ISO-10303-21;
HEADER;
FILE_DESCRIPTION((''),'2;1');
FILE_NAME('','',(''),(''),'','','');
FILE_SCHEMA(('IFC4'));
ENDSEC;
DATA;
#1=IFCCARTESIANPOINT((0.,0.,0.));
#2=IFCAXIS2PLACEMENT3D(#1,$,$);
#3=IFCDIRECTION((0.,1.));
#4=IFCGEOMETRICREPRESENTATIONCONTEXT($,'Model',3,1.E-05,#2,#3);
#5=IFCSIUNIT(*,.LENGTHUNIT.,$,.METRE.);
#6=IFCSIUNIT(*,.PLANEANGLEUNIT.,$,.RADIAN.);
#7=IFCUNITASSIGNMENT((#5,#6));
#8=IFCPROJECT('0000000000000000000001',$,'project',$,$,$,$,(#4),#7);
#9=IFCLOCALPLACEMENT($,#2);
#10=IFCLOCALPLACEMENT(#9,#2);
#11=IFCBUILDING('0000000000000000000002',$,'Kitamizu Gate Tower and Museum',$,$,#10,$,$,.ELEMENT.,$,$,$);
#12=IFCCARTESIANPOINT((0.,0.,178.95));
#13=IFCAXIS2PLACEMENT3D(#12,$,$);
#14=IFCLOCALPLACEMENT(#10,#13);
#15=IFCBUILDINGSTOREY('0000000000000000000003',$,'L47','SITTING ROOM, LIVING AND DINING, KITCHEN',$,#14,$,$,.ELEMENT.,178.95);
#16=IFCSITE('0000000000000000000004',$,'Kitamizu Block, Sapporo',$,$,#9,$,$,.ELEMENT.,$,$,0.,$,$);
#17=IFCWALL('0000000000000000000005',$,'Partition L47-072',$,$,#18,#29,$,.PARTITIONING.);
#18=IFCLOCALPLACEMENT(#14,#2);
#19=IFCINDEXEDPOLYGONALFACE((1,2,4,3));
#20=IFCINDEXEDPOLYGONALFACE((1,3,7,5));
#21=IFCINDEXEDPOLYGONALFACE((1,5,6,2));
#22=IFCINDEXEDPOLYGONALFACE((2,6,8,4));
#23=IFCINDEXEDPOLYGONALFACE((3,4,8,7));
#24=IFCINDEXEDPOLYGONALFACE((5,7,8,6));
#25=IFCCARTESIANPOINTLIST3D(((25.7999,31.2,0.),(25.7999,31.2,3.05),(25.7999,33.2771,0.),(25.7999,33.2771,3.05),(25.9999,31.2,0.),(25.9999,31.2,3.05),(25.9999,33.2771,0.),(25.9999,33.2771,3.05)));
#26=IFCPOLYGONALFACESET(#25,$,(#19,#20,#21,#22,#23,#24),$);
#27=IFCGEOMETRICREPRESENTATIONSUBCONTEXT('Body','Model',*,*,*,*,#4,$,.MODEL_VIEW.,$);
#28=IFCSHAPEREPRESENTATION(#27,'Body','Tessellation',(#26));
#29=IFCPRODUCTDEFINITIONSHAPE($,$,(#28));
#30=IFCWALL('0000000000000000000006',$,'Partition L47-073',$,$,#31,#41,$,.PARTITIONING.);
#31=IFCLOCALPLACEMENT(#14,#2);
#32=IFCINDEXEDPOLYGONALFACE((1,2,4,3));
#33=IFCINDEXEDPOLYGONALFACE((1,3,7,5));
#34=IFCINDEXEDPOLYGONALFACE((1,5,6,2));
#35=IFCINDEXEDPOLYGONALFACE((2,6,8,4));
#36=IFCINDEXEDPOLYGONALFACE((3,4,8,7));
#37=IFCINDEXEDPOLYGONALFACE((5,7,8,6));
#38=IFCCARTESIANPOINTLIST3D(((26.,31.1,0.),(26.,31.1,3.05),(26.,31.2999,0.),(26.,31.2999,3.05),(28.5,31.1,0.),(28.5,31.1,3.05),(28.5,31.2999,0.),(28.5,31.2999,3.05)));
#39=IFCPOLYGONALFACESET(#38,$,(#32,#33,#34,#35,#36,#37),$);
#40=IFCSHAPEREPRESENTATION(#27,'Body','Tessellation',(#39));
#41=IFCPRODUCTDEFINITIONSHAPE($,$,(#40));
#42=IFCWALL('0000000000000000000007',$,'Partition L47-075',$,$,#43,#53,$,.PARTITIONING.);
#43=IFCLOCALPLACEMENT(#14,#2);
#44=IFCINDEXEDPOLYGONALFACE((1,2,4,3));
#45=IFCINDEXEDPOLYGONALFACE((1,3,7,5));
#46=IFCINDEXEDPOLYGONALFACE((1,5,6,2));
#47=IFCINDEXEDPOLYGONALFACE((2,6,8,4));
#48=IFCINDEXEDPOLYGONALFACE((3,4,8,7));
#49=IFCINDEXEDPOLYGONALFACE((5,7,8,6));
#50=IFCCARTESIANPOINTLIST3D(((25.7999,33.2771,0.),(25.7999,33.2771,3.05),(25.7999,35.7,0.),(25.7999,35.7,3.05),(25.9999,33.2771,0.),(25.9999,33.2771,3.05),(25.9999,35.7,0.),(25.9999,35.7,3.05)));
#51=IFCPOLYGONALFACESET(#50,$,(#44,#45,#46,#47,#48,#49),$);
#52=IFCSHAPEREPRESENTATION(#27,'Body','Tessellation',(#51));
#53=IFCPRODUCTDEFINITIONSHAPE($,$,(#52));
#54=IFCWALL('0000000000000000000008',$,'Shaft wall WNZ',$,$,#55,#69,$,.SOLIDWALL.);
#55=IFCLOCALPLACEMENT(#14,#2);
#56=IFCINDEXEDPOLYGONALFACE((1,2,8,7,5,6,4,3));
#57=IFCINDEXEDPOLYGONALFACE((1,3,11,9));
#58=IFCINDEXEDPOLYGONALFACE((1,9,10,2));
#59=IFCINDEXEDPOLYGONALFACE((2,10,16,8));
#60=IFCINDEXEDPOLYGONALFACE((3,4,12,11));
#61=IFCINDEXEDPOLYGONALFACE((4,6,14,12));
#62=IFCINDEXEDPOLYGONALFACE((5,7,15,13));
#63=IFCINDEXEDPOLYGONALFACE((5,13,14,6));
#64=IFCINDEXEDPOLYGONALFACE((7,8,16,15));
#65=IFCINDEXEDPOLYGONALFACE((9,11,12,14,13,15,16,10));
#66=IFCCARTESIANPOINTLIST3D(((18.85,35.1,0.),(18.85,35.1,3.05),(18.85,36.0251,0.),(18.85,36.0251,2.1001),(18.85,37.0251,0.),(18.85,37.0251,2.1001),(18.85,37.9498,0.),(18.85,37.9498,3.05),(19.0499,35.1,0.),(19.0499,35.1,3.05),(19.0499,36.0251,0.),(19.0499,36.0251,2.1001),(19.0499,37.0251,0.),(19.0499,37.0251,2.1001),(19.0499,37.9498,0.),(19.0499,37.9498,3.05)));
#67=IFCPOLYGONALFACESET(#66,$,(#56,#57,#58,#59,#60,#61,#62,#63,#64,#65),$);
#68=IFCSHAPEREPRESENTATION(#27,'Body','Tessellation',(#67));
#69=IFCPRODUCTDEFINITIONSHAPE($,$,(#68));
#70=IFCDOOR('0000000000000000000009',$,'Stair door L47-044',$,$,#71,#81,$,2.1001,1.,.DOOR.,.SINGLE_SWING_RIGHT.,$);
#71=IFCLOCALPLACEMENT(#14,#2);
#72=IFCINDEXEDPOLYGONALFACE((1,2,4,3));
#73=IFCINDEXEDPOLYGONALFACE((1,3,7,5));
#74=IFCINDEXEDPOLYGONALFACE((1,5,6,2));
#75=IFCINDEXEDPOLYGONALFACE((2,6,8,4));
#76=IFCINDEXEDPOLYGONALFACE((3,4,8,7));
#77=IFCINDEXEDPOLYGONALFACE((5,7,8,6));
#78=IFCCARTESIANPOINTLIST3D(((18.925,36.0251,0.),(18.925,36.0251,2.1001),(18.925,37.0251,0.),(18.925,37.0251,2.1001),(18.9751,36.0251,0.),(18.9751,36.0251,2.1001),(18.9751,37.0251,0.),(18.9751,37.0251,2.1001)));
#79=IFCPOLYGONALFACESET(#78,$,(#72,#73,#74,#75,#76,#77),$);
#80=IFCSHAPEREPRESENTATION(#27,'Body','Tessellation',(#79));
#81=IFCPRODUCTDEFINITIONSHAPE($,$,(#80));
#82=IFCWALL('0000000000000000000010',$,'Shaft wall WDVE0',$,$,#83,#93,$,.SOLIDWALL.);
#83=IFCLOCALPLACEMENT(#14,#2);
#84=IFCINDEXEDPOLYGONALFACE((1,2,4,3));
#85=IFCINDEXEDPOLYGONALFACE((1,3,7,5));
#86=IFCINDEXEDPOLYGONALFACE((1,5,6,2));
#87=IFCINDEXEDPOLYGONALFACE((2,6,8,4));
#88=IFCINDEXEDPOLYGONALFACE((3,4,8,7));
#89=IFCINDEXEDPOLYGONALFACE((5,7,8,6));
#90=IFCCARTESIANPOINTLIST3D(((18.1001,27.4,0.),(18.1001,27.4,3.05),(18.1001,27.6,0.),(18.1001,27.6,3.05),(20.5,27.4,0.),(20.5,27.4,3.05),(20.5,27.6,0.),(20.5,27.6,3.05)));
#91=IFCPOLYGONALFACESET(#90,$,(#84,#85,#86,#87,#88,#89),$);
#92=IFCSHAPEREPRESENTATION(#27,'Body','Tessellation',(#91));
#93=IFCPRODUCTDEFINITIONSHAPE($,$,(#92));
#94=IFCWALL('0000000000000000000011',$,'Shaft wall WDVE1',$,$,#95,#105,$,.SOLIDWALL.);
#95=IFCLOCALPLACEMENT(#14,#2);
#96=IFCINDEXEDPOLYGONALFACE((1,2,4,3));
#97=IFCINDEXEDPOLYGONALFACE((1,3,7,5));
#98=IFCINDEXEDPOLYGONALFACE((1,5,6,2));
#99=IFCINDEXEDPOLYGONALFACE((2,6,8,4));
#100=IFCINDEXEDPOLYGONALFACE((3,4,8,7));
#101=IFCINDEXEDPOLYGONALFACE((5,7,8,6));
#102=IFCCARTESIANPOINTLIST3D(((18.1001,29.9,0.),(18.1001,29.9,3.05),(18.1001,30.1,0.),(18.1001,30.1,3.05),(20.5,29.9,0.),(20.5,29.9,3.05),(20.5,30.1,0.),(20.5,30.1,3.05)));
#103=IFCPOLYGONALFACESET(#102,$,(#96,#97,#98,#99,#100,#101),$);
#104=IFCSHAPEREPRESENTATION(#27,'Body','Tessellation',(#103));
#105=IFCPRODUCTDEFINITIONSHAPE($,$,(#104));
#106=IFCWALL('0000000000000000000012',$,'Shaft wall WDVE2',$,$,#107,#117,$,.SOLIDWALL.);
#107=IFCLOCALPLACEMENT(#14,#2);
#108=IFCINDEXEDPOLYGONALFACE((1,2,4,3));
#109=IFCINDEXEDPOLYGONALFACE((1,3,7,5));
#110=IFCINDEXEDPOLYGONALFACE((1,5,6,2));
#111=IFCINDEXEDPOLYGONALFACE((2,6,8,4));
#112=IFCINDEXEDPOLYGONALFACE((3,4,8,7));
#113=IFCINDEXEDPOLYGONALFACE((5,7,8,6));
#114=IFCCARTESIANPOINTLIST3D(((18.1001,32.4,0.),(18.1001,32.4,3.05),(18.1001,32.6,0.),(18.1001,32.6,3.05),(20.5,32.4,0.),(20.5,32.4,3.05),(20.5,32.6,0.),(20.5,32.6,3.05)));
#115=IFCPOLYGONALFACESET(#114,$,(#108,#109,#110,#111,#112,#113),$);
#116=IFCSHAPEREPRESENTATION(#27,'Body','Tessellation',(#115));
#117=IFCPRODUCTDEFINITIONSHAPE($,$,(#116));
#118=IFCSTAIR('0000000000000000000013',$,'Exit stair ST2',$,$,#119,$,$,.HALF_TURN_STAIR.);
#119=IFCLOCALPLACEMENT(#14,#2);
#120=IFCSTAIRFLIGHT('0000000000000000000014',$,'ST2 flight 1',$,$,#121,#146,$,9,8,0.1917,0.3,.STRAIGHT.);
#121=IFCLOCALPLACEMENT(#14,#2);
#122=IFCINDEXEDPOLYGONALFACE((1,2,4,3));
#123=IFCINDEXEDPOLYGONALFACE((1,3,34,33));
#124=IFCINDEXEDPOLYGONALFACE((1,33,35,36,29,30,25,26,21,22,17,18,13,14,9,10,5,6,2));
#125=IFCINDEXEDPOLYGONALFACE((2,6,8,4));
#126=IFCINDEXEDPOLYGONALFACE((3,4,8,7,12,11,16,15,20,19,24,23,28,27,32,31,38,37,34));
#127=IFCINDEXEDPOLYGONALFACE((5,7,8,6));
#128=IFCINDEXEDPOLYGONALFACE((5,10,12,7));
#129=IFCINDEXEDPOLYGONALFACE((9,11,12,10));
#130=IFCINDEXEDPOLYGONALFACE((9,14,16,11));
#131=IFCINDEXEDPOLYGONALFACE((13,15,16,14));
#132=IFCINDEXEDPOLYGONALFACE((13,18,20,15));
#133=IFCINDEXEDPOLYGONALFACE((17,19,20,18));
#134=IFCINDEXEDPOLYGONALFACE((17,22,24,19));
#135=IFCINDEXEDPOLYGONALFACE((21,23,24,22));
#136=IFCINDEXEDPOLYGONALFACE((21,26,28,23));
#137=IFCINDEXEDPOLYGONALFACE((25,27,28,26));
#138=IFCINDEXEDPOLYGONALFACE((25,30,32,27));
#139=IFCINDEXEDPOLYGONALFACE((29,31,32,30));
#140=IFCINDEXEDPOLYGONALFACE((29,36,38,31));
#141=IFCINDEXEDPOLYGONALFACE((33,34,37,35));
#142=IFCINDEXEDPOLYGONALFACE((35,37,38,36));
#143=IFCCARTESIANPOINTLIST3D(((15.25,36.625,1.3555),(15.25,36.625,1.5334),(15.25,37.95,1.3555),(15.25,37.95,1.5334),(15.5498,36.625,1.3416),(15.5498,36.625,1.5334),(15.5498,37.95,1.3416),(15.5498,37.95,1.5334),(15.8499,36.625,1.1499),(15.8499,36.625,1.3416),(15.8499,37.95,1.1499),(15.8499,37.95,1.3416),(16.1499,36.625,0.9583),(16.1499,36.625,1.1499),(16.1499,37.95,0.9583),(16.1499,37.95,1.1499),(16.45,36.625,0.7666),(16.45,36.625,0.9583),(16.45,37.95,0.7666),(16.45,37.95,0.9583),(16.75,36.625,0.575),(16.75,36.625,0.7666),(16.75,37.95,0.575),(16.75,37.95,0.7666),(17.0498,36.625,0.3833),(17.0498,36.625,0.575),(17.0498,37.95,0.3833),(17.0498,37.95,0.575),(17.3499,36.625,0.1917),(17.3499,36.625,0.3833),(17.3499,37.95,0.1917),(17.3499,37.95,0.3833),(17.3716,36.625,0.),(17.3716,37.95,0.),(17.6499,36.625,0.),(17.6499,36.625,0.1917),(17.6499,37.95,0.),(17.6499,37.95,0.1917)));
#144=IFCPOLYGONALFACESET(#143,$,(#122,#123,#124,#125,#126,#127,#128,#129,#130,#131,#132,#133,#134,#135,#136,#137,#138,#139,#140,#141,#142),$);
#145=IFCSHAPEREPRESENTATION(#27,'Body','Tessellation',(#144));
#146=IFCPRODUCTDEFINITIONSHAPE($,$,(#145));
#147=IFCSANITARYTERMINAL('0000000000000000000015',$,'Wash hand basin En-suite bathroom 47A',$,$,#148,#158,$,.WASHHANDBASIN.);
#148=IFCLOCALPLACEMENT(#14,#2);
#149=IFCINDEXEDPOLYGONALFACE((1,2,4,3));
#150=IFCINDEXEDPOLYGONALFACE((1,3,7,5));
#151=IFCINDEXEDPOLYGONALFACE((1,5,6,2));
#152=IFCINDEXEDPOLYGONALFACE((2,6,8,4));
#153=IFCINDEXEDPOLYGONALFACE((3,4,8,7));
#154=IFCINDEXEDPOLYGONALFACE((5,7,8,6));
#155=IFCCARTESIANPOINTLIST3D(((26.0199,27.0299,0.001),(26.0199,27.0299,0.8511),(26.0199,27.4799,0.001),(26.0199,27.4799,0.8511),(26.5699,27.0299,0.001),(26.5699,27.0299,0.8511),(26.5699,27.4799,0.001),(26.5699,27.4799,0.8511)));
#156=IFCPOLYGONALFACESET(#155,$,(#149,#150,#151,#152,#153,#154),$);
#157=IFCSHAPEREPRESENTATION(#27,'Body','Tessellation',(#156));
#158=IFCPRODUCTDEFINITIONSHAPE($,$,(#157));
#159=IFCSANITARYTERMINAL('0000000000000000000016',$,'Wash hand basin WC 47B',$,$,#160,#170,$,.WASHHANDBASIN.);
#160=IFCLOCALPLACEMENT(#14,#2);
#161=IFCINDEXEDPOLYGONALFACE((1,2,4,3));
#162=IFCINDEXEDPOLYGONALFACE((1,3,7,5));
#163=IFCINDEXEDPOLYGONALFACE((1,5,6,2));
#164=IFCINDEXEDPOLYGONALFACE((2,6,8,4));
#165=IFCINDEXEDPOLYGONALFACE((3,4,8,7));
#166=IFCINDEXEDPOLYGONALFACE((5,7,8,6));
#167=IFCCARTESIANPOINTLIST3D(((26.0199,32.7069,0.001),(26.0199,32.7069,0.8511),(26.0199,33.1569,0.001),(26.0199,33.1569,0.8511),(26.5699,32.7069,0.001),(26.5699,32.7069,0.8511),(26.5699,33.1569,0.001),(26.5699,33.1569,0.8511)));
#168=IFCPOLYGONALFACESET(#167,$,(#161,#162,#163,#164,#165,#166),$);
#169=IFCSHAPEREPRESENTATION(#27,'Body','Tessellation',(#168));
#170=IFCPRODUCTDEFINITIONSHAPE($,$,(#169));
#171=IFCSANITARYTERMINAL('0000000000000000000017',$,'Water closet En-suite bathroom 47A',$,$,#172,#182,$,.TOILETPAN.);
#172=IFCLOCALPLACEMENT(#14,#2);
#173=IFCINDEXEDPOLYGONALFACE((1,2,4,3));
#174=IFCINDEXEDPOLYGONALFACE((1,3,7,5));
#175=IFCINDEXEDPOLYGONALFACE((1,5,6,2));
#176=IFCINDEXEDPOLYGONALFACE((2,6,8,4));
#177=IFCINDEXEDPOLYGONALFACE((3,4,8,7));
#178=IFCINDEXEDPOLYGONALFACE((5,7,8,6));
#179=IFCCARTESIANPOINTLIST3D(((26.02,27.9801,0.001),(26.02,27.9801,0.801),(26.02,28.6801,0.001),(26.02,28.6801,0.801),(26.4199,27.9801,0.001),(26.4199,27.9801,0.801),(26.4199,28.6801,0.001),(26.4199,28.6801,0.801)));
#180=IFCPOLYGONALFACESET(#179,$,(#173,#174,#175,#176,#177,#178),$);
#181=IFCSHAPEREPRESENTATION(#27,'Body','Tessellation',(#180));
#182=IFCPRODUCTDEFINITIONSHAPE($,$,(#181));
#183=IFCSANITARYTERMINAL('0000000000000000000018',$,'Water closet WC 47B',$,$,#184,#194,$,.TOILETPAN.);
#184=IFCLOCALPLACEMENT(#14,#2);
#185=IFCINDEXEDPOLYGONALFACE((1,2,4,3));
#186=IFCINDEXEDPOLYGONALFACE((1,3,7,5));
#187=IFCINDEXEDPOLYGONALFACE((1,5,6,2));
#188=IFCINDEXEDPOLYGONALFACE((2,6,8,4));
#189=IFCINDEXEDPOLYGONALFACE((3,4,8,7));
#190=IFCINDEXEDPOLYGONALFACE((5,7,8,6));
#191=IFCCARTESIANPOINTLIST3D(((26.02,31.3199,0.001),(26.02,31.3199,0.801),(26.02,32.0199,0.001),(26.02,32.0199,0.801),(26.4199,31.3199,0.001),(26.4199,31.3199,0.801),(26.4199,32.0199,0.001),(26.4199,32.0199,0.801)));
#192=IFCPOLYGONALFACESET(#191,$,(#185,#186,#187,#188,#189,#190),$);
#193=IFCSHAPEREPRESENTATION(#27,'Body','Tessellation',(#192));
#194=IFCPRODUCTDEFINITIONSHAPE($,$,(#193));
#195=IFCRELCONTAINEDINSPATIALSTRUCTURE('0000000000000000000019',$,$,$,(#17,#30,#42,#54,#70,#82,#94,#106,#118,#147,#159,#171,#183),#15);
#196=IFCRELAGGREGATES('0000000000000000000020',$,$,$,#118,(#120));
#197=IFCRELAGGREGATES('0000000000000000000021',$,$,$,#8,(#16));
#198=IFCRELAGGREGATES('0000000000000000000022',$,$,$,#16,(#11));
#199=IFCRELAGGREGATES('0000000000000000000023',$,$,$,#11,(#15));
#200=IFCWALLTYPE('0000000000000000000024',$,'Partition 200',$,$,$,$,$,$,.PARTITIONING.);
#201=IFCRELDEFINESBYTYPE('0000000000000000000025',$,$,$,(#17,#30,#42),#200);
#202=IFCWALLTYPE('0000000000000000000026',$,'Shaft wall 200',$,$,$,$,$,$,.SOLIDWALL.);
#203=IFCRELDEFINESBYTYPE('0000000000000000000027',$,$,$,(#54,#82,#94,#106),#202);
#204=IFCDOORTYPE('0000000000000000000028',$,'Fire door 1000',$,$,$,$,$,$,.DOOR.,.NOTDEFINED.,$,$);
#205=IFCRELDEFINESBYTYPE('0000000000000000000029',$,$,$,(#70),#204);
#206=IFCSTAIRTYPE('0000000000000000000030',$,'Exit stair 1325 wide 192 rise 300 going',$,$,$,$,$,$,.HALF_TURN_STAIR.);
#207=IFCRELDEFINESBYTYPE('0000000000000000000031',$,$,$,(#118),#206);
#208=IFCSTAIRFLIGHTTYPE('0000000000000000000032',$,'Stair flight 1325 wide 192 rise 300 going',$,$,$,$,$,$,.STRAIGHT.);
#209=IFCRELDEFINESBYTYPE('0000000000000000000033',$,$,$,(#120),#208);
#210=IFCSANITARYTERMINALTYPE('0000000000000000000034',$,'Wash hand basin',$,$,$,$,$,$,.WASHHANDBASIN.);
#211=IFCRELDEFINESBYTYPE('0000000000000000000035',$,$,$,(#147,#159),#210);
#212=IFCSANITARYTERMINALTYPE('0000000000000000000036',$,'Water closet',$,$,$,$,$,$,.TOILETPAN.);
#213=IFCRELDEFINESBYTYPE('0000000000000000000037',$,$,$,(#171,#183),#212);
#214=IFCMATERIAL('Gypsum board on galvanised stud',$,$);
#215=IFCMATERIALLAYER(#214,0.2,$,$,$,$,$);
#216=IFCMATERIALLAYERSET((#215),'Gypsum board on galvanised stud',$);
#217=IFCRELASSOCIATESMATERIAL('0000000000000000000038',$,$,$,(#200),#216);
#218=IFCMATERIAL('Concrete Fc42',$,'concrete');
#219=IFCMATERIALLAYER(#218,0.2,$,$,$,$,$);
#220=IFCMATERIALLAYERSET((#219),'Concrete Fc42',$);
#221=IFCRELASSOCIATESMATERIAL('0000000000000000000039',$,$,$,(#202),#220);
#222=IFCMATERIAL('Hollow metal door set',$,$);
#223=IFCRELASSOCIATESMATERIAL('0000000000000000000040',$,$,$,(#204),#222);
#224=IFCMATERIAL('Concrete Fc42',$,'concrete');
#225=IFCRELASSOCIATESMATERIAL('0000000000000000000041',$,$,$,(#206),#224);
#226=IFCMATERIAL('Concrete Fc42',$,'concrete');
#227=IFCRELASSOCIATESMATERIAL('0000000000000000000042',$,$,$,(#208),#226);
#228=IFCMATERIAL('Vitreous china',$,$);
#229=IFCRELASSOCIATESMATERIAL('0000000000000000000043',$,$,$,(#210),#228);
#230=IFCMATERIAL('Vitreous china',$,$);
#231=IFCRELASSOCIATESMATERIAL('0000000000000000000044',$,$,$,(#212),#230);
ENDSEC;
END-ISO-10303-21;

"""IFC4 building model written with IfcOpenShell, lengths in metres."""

from ifc_helpers import new_model, si_unit, direction, frame, frame_2d, origin, origin_2d, place, context, subcontext, project, spatial, polyline, rectangle, outline, extrude, material, layer, layer_set, type_object, element, fill, aggregate, save


model = new_model("IFC4")

# Units and contexts
model_context = context("Model", 3, precision=1e-05, world=origin(), true_north=direction((0.0, 1.0)))
body_context = subcontext(model_context, "Body", "Model", "MODEL_VIEW")
ifc_project = project(units=[si_unit("LENGTHUNIT", "METRE"), si_unit("PLANEANGLEUNIT", "RADIAN")], contexts=[model_context])

# Site, building, storey
site_placement = place(None, origin())
site = spatial("IfcSite", under=ifc_project, at=site_placement, Name="Kitamizu Block, Sapporo", CompositionType="ELEMENT", RefElevation=0.0)
building_placement = place(site_placement, origin())
building = spatial("IfcBuilding", under=site, at=building_placement, Name="Kitamizu Gate Tower and Museum", CompositionType="ELEMENT")
storey_placement = place(building_placement, frame((0.0, 0.0, 178.95)))
storey = spatial("IfcBuildingStorey", under=building, at=storey_placement, Name="L47", Description="SITTING ROOM, LIVING AND DINING, KITCHEN", CompositionType="ELEMENT", Elevation=178.95)

# Walls
ifc_material_1 = material(Name="Gypsum board on galvanised stud")
ifc_layer_1 = layer(ifc_material_1, 0.2)
ifc_layer_set_1 = layer_set([ifc_layer_1], Name="Gypsum board on galvanised stud")
wall_type_1 = type_object("IfcWallType", Name="Partition 200", PredefinedType="PARTITIONING", material=ifc_layer_set_1)
wall_1_placement = place(storey_placement, frame((25.8999, 33.2771, 0.0), z_axis=(0.0, 0.0, 1.0), x_axis=(0.0, -1.0, 0.0)))
element("IfcWall", 1, at=wall_1_placement, inside=storey, type_object=wall_type_1, Name="Partition L47-072", PredefinedType="PARTITIONING", context=body_context, shape_type="SweptSolid", body=[
    extrude(rectangle(XDim=2.0771, YDim=0.2, at=frame_2d((1.0386, 0.0))), origin(), (0.0, 0.0, 1.0), 3.05),
])
wall_2_placement = place(storey_placement, frame((26.0, 31.2, 0.0), z_axis=(0.0, 0.0, 1.0), x_axis=(1.0, 0.0, 0.0)))
element("IfcWall", 2, at=wall_2_placement, inside=storey, type_object=wall_type_1, Name="Partition L47-073", PredefinedType="PARTITIONING", context=body_context, shape_type="SweptSolid", body=[
    extrude(rectangle(XDim=2.5, YDim=0.2, at=frame_2d((1.25, 0.0))), origin(), (0.0, 0.0, 1.0), 3.05),
])
wall_3_placement = place(storey_placement, frame((25.8999, 35.7, 0.0), z_axis=(0.0, 0.0, 1.0), x_axis=(0.0, -1.0, 0.0)))
element("IfcWall", 3, at=wall_3_placement, inside=storey, type_object=wall_type_1, Name="Partition L47-075", PredefinedType="PARTITIONING", context=body_context, shape_type="SweptSolid", body=[
    extrude(rectangle(XDim=2.4229, YDim=0.2, at=frame_2d((1.2114, 0.0))), origin(), (0.0, 0.0, 1.0), 3.05),
])

# Wall, opening, door
ifc_material_2 = material(Name="Concrete Fc42", Category="concrete")
ifc_layer_2 = layer(ifc_material_2, 0.2)
ifc_layer_set_2 = layer_set([ifc_layer_2], Name="Concrete Fc42")
wall_type_2 = type_object("IfcWallType", Name="Shaft wall 200", PredefinedType="SOLIDWALL", material=ifc_layer_set_2)
wall_4_placement = place(storey_placement, frame((18.95, 35.1001, 0.0), z_axis=(0.0, 0.0, 1.0), x_axis=(0.0, 1.0, 0.0)))
wall_4 = element("IfcWall", 4, at=wall_4_placement, inside=storey, type_object=wall_type_2, Name="Shaft wall WNZ", PredefinedType="SOLIDWALL", context=body_context, shape_type="SweptSolid", body=[
    extrude(rectangle(XDim=2.8499, YDim=0.2, at=frame_2d((1.4248, 0.0))), origin(), (0.0, 0.0, 1.0), 3.05),
])
opening_1_placement = place(wall_4_placement, frame((0.925, 0.0, 0.0)))
opening_1 = element("IfcOpeningElement", 5, at=opening_1_placement, cuts=wall_4, PredefinedType="OPENING", context=body_context, shape_type="SweptSolid", body=[
    extrude(rectangle(XDim=1.0, YDim=2.1001, at=frame_2d((0.5, 1.05))), frame((0.0, 0.1099, 0.0), z_axis=(0.0, -1.0, 0.0), x_axis=(1.0, 0.0, 0.0)), (0.0, 0.0, 1.0), 0.22),
])
ifc_material_3 = material(Name="Hollow metal door set")
door_type_1 = type_object("IfcDoorType", Name="Fire door 1000", OperationType="NOTDEFINED", PredefinedType="DOOR", material=ifc_material_3)
door_1_placement = place(opening_1_placement, origin())
door_1 = element("IfcDoor", 6, at=door_1_placement, inside=storey, type_object=door_type_1, Name="Stair door L47-044", OperationType="SINGLE_SWING_RIGHT", OverallHeight=2.1001, OverallWidth=1.0, PredefinedType="DOOR", context=body_context, shape_type="SweptSolid", body=[
    extrude(rectangle(XDim=1.0, YDim=2.1001, at=frame_2d((0.5, 1.05))), frame((0.0, 0.0249, 0.0), z_axis=(0.0, -1.0, 0.0), x_axis=(1.0, 0.0, 0.0)), (0.0, 0.0, 1.0), 0.05),
])
fill(opening_1, door_1)

# Walls
for number, where, z_axis, x_axis, name in (
    (7, (18.1001, 27.5, 0.0), (0.0, 0.0, 1.0), (1.0, 0.0, 0.0), "Shaft wall WDVE0"),
    (8, (18.1001, 30.0, 0.0), (0.0, 0.0, 1.0), (1.0, 0.0, 0.0), "Shaft wall WDVE1"),
    (9, (18.1001, 32.5, 0.0), (0.0, 0.0, 1.0), (1.0, 0.0, 0.0), "Shaft wall WDVE2"),
):
    element("IfcWall", number, at=place(storey_placement, frame(where, z_axis=z_axis, x_axis=x_axis)), inside=storey, type_object=wall_type_2, Name=name, PredefinedType="SOLIDWALL", context=body_context, shape_type="SweptSolid", body=[
        extrude(rectangle(XDim=2.3999, YDim=0.2, at=frame_2d((1.2, 0.0))), origin(), (0.0, 0.0, 1.0), 3.05),
    ])

# Stair, stair flight
ifc_material_4 = material(Name="Concrete Fc42", Category="concrete")
stair_type = type_object("IfcStairType", Name="Exit stair 1325 wide 192 rise 300 going", PredefinedType="HALF_TURN_STAIR", material=ifc_material_4)
stair_placement = place(storey_placement, origin())
stair = element("IfcStair", 10, at=stair_placement, inside=storey, type_object=stair_type, Name="Exit stair ST2", PredefinedType="HALF_TURN_STAIR")
ifc_material_5 = material(Name="Concrete Fc42", Category="concrete")
stair_flight_type = type_object("IfcStairFlightType", Name="Stair flight 1325 wide 192 rise 300 going", PredefinedType="STRAIGHT", material=ifc_material_5)
stair_flight_placement = place(storey_placement, frame((17.6499, 37.2876, 0.0), z_axis=(0.0, 0.0, 1.0), x_axis=(-1.0, 0.0, 0.0)))
stair_flight = element("IfcStairFlight", 11, at=stair_flight_placement, type_object=stair_flight_type, Name="ST2 flight 1", NumberOfRisers=9, NumberOfTreads=8, PredefinedType="STRAIGHT", RiserHeight=0.1917, TreadLength=0.3, context=body_context, shape_type="SweptSolid", body=[
    extrude(outline(polyline([(0.0, 0.0), (0.0, 0.1917), (0.3, 0.1917), (0.3, 0.3833), (0.6001, 0.3833), (0.6001, 0.575), (0.8999, 0.575), (0.8999, 0.7666), (1.2, 0.7666), (1.2, 0.9583), (1.5, 0.9583), (1.5, 1.1499), (1.8, 1.1499), (1.8, 1.3416), (2.1001, 1.3416), (2.1001, 1.5334), (2.3999, 1.5334), (2.3999, 1.7251), (2.3999, 1.3555), (0.2783, 0.0), (0.0, 0.0)])), frame((0.0, 0.6626, 0.0), z_axis=(0.0, -1.0, 0.0), x_axis=(1.0, 0.0, 0.0)), (0.0, 0.0, 1.0), 1.325),
])
aggregate(stair, [stair_flight])

# Sanitary terminals
ifc_material_6 = material(Name="Vitreous china")
sanitary_terminal_type_1 = type_object("IfcSanitaryTerminalType", Name="Wash hand basin", PredefinedType="WASHHANDBASIN", material=ifc_material_6)
for number, where, z_axis, x_axis, name in (
    (12, (26.2949, 27.2549, 0.001), (0.0, 0.0, 1.0), (1.0, 0.0, 0.0), "Wash hand basin En-suite bathroom 47A"),
    (13, (26.2949, 32.9319, 0.001), (0.0, 0.0, 1.0), (1.0, 0.0, 0.0), "Wash hand basin WC 47B"),
):
    element("IfcSanitaryTerminal", number, at=place(storey_placement, frame(where, z_axis=z_axis, x_axis=x_axis)), inside=storey, type_object=sanitary_terminal_type_1, Name=name, PredefinedType="WASHHANDBASIN", context=body_context, shape_type="SweptSolid", body=[
        extrude(rectangle(XDim=0.55, YDim=0.45, at=origin_2d()), origin(), (0.0, 0.0, 1.0), 0.8501),
    ])
ifc_material_7 = material(Name="Vitreous china")
sanitary_terminal_type_2 = type_object("IfcSanitaryTerminalType", Name="Water closet", PredefinedType="TOILETPAN", material=ifc_material_7)
for number, where, z_axis, x_axis, name in (
    (14, (26.22, 28.3301, 0.001), (0.0, 0.0, 1.0), (1.0, 0.0, 0.0), "Water closet En-suite bathroom 47A"),
    (15, (26.22, 31.6699, 0.001), (0.0, 0.0, 1.0), (1.0, 0.0, 0.0), "Water closet WC 47B"),
):
    element("IfcSanitaryTerminal", number, at=place(storey_placement, frame(where, z_axis=z_axis, x_axis=x_axis)), inside=storey, type_object=sanitary_terminal_type_2, Name=name, PredefinedType="TOILETPAN", context=body_context, shape_type="SweptSolid", body=[
        extrude(rectangle(XDim=0.3999, YDim=0.7, at=origin_2d()), origin(), (0.0, 0.0, 1.0), 0.8),
    ])

save(model, "model.ifc")
